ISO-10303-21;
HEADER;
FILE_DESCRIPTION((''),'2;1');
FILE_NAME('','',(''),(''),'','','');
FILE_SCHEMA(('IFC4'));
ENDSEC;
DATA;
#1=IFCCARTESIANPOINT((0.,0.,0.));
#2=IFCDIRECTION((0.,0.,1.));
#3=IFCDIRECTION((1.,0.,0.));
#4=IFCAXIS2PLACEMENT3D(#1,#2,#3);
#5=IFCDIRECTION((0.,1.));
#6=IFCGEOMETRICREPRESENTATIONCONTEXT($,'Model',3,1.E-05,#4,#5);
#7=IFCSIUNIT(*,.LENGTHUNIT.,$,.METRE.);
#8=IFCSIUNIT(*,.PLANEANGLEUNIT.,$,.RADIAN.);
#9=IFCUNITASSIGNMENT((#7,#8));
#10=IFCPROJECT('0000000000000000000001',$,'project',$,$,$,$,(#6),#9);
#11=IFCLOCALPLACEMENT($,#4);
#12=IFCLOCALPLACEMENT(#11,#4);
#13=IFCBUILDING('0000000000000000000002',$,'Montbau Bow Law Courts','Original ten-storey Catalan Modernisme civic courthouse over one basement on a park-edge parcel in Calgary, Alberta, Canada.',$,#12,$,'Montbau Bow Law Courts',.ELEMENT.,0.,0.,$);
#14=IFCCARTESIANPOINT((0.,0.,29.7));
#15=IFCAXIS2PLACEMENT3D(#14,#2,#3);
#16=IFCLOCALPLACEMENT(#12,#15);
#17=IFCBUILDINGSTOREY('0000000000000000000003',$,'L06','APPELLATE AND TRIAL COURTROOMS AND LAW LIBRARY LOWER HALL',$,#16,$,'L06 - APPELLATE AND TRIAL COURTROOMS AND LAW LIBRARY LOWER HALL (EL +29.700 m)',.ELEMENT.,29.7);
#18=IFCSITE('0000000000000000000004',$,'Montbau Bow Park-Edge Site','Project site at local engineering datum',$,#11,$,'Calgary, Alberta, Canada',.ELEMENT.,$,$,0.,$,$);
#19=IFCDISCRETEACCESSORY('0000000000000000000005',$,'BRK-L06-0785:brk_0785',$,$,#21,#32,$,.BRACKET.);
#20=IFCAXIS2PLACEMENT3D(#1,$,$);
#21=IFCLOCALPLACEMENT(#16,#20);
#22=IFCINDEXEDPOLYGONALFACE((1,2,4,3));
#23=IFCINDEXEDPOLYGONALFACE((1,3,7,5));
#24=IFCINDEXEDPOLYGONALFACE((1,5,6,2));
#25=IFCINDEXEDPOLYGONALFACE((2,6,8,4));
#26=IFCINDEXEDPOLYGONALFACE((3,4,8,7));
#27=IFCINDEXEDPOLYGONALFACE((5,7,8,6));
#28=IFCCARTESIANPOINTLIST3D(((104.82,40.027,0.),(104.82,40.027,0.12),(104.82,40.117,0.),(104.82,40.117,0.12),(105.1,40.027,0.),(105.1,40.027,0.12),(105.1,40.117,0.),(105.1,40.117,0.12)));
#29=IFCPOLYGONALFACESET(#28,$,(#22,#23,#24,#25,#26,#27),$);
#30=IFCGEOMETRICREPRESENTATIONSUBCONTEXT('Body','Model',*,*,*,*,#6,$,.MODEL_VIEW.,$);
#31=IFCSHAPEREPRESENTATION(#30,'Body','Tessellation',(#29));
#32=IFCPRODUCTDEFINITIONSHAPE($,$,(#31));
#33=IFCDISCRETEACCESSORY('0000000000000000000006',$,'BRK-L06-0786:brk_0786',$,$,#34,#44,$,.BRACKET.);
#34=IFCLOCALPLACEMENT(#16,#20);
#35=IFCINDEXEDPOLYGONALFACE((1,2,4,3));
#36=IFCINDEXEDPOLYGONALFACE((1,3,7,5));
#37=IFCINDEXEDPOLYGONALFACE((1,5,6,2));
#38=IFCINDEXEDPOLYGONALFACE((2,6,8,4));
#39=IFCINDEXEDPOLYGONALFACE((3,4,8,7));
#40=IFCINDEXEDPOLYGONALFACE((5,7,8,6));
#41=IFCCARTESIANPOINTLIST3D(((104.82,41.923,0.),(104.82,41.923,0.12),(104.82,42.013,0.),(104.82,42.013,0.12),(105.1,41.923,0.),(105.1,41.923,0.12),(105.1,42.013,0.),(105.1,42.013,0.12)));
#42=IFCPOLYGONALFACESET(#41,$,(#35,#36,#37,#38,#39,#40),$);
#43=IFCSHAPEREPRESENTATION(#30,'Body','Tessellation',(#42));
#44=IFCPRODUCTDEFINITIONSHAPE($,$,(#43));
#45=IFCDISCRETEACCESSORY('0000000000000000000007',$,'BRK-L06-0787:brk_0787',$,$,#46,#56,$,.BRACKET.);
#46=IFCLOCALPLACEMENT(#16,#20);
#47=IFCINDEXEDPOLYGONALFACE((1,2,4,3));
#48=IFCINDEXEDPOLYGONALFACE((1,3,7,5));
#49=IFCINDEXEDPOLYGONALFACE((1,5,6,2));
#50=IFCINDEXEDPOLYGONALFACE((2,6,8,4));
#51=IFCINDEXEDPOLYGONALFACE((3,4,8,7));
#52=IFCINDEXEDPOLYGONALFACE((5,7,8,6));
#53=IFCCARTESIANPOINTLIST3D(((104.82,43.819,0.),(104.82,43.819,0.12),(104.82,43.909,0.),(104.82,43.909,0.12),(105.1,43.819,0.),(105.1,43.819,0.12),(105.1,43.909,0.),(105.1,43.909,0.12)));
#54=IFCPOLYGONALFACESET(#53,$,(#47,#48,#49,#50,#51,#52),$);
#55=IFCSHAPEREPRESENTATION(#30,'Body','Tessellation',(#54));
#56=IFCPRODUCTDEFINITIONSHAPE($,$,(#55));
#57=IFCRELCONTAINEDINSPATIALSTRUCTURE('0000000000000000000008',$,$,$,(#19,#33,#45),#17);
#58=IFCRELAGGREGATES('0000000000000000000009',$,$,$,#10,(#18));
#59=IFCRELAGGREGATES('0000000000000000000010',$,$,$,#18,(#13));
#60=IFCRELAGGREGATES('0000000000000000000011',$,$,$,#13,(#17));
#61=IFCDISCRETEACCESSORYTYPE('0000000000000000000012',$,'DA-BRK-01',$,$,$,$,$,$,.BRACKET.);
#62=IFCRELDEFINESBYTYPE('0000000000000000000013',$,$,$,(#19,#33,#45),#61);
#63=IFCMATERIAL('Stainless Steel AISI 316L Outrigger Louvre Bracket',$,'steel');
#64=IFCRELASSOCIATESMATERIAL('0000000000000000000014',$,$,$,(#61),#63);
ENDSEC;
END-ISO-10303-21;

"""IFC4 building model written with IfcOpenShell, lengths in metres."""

from ifc_helpers import new_model, si_unit, direction, frame, origin_with_axes, origin_2d_with_axis, place, context, subcontext, project, spatial, rectangle, extrude, material, type_object, element, save


model = new_model("IFC4")

# Units and contexts
model_context = context("Model", 3, precision=1e-05, world=origin_with_axes(), true_north=direction((0.0, 1.0)))
body_context = subcontext(model_context, "Body", "Model", "MODEL_VIEW")
ifc_project = project(units=[si_unit("LENGTHUNIT", "METRE"), si_unit("PLANEANGLEUNIT", "RADIAN")], contexts=[model_context])

# Site, building, storey
site_placement = place(None, origin_with_axes())
site = spatial("IfcSite", under=ifc_project, at=site_placement, Name="Montbau Bow Park-Edge Site", Description="Project site at local engineering datum", LongName="Calgary, Alberta, Canada", CompositionType="ELEMENT", RefElevation=0.0)
building_placement = place(site_placement, origin_with_axes())
building = spatial("IfcBuilding", under=site, at=building_placement, Name="Montbau Bow Law Courts", Description="Original ten-storey Catalan Modernisme civic courthouse over one basement on a park-edge parcel in Calgary, Alberta, Canada.", LongName="Montbau Bow Law Courts", CompositionType="ELEMENT", ElevationOfRefHeight=0.0, ElevationOfTerrain=0.0)
storey_placement = place(building_placement, frame((0.0, 0.0, 29.7), z_axis=(0.0, 0.0, 1.0), x_axis=(1.0, 0.0, 0.0)))
storey = spatial("IfcBuildingStorey", under=building, at=storey_placement, Name="L06", Description="APPELLATE AND TRIAL COURTROOMS AND LAW LIBRARY LOWER HALL", LongName="L06 - APPELLATE AND TRIAL COURTROOMS AND LAW LIBRARY LOWER HALL (EL +29.700 m)", CompositionType="ELEMENT", Elevation=29.7)

# Discrete accessories
ifc_material_1 = material(Name="Stainless Steel AISI 316L Outrigger Louvre Bracket", Category="steel")
discrete_accessory_type = type_object("IfcDiscreteAccessoryType", Name="DA-BRK-01", PredefinedType="BRACKET", material=ifc_material_1)
for number, where, z_axis, x_axis, name in (
    (1, (104.96, 40.072, 29.7), (0.0, 0.0, 1.0), (1.0, 0.0, 0.0), "BRK-L06-0785:brk_0785"),
    (2, (104.96, 41.968, 29.7), (0.0, 0.0, 1.0), (1.0, 0.0, 0.0), "BRK-L06-0786:brk_0786"),
    (3, (104.96, 43.864, 29.7), (0.0, 0.0, 1.0), (1.0, 0.0, 0.0), "BRK-L06-0787:brk_0787"),
):
    element("IfcDiscreteAccessory", number, at=place(None, frame(where, z_axis=z_axis, x_axis=x_axis)), inside=storey, type_object=discrete_accessory_type, Name=name, PredefinedType="BRACKET", context=body_context, shape_type="SweptSolid", body=[
        extrude(rectangle(XDim=0.28, YDim=0.09, at=origin_2d_with_axis()), origin_with_axes(), (0.0, 0.0, 1.0), 0.12),
    ])

save(model, "model.ifc")
